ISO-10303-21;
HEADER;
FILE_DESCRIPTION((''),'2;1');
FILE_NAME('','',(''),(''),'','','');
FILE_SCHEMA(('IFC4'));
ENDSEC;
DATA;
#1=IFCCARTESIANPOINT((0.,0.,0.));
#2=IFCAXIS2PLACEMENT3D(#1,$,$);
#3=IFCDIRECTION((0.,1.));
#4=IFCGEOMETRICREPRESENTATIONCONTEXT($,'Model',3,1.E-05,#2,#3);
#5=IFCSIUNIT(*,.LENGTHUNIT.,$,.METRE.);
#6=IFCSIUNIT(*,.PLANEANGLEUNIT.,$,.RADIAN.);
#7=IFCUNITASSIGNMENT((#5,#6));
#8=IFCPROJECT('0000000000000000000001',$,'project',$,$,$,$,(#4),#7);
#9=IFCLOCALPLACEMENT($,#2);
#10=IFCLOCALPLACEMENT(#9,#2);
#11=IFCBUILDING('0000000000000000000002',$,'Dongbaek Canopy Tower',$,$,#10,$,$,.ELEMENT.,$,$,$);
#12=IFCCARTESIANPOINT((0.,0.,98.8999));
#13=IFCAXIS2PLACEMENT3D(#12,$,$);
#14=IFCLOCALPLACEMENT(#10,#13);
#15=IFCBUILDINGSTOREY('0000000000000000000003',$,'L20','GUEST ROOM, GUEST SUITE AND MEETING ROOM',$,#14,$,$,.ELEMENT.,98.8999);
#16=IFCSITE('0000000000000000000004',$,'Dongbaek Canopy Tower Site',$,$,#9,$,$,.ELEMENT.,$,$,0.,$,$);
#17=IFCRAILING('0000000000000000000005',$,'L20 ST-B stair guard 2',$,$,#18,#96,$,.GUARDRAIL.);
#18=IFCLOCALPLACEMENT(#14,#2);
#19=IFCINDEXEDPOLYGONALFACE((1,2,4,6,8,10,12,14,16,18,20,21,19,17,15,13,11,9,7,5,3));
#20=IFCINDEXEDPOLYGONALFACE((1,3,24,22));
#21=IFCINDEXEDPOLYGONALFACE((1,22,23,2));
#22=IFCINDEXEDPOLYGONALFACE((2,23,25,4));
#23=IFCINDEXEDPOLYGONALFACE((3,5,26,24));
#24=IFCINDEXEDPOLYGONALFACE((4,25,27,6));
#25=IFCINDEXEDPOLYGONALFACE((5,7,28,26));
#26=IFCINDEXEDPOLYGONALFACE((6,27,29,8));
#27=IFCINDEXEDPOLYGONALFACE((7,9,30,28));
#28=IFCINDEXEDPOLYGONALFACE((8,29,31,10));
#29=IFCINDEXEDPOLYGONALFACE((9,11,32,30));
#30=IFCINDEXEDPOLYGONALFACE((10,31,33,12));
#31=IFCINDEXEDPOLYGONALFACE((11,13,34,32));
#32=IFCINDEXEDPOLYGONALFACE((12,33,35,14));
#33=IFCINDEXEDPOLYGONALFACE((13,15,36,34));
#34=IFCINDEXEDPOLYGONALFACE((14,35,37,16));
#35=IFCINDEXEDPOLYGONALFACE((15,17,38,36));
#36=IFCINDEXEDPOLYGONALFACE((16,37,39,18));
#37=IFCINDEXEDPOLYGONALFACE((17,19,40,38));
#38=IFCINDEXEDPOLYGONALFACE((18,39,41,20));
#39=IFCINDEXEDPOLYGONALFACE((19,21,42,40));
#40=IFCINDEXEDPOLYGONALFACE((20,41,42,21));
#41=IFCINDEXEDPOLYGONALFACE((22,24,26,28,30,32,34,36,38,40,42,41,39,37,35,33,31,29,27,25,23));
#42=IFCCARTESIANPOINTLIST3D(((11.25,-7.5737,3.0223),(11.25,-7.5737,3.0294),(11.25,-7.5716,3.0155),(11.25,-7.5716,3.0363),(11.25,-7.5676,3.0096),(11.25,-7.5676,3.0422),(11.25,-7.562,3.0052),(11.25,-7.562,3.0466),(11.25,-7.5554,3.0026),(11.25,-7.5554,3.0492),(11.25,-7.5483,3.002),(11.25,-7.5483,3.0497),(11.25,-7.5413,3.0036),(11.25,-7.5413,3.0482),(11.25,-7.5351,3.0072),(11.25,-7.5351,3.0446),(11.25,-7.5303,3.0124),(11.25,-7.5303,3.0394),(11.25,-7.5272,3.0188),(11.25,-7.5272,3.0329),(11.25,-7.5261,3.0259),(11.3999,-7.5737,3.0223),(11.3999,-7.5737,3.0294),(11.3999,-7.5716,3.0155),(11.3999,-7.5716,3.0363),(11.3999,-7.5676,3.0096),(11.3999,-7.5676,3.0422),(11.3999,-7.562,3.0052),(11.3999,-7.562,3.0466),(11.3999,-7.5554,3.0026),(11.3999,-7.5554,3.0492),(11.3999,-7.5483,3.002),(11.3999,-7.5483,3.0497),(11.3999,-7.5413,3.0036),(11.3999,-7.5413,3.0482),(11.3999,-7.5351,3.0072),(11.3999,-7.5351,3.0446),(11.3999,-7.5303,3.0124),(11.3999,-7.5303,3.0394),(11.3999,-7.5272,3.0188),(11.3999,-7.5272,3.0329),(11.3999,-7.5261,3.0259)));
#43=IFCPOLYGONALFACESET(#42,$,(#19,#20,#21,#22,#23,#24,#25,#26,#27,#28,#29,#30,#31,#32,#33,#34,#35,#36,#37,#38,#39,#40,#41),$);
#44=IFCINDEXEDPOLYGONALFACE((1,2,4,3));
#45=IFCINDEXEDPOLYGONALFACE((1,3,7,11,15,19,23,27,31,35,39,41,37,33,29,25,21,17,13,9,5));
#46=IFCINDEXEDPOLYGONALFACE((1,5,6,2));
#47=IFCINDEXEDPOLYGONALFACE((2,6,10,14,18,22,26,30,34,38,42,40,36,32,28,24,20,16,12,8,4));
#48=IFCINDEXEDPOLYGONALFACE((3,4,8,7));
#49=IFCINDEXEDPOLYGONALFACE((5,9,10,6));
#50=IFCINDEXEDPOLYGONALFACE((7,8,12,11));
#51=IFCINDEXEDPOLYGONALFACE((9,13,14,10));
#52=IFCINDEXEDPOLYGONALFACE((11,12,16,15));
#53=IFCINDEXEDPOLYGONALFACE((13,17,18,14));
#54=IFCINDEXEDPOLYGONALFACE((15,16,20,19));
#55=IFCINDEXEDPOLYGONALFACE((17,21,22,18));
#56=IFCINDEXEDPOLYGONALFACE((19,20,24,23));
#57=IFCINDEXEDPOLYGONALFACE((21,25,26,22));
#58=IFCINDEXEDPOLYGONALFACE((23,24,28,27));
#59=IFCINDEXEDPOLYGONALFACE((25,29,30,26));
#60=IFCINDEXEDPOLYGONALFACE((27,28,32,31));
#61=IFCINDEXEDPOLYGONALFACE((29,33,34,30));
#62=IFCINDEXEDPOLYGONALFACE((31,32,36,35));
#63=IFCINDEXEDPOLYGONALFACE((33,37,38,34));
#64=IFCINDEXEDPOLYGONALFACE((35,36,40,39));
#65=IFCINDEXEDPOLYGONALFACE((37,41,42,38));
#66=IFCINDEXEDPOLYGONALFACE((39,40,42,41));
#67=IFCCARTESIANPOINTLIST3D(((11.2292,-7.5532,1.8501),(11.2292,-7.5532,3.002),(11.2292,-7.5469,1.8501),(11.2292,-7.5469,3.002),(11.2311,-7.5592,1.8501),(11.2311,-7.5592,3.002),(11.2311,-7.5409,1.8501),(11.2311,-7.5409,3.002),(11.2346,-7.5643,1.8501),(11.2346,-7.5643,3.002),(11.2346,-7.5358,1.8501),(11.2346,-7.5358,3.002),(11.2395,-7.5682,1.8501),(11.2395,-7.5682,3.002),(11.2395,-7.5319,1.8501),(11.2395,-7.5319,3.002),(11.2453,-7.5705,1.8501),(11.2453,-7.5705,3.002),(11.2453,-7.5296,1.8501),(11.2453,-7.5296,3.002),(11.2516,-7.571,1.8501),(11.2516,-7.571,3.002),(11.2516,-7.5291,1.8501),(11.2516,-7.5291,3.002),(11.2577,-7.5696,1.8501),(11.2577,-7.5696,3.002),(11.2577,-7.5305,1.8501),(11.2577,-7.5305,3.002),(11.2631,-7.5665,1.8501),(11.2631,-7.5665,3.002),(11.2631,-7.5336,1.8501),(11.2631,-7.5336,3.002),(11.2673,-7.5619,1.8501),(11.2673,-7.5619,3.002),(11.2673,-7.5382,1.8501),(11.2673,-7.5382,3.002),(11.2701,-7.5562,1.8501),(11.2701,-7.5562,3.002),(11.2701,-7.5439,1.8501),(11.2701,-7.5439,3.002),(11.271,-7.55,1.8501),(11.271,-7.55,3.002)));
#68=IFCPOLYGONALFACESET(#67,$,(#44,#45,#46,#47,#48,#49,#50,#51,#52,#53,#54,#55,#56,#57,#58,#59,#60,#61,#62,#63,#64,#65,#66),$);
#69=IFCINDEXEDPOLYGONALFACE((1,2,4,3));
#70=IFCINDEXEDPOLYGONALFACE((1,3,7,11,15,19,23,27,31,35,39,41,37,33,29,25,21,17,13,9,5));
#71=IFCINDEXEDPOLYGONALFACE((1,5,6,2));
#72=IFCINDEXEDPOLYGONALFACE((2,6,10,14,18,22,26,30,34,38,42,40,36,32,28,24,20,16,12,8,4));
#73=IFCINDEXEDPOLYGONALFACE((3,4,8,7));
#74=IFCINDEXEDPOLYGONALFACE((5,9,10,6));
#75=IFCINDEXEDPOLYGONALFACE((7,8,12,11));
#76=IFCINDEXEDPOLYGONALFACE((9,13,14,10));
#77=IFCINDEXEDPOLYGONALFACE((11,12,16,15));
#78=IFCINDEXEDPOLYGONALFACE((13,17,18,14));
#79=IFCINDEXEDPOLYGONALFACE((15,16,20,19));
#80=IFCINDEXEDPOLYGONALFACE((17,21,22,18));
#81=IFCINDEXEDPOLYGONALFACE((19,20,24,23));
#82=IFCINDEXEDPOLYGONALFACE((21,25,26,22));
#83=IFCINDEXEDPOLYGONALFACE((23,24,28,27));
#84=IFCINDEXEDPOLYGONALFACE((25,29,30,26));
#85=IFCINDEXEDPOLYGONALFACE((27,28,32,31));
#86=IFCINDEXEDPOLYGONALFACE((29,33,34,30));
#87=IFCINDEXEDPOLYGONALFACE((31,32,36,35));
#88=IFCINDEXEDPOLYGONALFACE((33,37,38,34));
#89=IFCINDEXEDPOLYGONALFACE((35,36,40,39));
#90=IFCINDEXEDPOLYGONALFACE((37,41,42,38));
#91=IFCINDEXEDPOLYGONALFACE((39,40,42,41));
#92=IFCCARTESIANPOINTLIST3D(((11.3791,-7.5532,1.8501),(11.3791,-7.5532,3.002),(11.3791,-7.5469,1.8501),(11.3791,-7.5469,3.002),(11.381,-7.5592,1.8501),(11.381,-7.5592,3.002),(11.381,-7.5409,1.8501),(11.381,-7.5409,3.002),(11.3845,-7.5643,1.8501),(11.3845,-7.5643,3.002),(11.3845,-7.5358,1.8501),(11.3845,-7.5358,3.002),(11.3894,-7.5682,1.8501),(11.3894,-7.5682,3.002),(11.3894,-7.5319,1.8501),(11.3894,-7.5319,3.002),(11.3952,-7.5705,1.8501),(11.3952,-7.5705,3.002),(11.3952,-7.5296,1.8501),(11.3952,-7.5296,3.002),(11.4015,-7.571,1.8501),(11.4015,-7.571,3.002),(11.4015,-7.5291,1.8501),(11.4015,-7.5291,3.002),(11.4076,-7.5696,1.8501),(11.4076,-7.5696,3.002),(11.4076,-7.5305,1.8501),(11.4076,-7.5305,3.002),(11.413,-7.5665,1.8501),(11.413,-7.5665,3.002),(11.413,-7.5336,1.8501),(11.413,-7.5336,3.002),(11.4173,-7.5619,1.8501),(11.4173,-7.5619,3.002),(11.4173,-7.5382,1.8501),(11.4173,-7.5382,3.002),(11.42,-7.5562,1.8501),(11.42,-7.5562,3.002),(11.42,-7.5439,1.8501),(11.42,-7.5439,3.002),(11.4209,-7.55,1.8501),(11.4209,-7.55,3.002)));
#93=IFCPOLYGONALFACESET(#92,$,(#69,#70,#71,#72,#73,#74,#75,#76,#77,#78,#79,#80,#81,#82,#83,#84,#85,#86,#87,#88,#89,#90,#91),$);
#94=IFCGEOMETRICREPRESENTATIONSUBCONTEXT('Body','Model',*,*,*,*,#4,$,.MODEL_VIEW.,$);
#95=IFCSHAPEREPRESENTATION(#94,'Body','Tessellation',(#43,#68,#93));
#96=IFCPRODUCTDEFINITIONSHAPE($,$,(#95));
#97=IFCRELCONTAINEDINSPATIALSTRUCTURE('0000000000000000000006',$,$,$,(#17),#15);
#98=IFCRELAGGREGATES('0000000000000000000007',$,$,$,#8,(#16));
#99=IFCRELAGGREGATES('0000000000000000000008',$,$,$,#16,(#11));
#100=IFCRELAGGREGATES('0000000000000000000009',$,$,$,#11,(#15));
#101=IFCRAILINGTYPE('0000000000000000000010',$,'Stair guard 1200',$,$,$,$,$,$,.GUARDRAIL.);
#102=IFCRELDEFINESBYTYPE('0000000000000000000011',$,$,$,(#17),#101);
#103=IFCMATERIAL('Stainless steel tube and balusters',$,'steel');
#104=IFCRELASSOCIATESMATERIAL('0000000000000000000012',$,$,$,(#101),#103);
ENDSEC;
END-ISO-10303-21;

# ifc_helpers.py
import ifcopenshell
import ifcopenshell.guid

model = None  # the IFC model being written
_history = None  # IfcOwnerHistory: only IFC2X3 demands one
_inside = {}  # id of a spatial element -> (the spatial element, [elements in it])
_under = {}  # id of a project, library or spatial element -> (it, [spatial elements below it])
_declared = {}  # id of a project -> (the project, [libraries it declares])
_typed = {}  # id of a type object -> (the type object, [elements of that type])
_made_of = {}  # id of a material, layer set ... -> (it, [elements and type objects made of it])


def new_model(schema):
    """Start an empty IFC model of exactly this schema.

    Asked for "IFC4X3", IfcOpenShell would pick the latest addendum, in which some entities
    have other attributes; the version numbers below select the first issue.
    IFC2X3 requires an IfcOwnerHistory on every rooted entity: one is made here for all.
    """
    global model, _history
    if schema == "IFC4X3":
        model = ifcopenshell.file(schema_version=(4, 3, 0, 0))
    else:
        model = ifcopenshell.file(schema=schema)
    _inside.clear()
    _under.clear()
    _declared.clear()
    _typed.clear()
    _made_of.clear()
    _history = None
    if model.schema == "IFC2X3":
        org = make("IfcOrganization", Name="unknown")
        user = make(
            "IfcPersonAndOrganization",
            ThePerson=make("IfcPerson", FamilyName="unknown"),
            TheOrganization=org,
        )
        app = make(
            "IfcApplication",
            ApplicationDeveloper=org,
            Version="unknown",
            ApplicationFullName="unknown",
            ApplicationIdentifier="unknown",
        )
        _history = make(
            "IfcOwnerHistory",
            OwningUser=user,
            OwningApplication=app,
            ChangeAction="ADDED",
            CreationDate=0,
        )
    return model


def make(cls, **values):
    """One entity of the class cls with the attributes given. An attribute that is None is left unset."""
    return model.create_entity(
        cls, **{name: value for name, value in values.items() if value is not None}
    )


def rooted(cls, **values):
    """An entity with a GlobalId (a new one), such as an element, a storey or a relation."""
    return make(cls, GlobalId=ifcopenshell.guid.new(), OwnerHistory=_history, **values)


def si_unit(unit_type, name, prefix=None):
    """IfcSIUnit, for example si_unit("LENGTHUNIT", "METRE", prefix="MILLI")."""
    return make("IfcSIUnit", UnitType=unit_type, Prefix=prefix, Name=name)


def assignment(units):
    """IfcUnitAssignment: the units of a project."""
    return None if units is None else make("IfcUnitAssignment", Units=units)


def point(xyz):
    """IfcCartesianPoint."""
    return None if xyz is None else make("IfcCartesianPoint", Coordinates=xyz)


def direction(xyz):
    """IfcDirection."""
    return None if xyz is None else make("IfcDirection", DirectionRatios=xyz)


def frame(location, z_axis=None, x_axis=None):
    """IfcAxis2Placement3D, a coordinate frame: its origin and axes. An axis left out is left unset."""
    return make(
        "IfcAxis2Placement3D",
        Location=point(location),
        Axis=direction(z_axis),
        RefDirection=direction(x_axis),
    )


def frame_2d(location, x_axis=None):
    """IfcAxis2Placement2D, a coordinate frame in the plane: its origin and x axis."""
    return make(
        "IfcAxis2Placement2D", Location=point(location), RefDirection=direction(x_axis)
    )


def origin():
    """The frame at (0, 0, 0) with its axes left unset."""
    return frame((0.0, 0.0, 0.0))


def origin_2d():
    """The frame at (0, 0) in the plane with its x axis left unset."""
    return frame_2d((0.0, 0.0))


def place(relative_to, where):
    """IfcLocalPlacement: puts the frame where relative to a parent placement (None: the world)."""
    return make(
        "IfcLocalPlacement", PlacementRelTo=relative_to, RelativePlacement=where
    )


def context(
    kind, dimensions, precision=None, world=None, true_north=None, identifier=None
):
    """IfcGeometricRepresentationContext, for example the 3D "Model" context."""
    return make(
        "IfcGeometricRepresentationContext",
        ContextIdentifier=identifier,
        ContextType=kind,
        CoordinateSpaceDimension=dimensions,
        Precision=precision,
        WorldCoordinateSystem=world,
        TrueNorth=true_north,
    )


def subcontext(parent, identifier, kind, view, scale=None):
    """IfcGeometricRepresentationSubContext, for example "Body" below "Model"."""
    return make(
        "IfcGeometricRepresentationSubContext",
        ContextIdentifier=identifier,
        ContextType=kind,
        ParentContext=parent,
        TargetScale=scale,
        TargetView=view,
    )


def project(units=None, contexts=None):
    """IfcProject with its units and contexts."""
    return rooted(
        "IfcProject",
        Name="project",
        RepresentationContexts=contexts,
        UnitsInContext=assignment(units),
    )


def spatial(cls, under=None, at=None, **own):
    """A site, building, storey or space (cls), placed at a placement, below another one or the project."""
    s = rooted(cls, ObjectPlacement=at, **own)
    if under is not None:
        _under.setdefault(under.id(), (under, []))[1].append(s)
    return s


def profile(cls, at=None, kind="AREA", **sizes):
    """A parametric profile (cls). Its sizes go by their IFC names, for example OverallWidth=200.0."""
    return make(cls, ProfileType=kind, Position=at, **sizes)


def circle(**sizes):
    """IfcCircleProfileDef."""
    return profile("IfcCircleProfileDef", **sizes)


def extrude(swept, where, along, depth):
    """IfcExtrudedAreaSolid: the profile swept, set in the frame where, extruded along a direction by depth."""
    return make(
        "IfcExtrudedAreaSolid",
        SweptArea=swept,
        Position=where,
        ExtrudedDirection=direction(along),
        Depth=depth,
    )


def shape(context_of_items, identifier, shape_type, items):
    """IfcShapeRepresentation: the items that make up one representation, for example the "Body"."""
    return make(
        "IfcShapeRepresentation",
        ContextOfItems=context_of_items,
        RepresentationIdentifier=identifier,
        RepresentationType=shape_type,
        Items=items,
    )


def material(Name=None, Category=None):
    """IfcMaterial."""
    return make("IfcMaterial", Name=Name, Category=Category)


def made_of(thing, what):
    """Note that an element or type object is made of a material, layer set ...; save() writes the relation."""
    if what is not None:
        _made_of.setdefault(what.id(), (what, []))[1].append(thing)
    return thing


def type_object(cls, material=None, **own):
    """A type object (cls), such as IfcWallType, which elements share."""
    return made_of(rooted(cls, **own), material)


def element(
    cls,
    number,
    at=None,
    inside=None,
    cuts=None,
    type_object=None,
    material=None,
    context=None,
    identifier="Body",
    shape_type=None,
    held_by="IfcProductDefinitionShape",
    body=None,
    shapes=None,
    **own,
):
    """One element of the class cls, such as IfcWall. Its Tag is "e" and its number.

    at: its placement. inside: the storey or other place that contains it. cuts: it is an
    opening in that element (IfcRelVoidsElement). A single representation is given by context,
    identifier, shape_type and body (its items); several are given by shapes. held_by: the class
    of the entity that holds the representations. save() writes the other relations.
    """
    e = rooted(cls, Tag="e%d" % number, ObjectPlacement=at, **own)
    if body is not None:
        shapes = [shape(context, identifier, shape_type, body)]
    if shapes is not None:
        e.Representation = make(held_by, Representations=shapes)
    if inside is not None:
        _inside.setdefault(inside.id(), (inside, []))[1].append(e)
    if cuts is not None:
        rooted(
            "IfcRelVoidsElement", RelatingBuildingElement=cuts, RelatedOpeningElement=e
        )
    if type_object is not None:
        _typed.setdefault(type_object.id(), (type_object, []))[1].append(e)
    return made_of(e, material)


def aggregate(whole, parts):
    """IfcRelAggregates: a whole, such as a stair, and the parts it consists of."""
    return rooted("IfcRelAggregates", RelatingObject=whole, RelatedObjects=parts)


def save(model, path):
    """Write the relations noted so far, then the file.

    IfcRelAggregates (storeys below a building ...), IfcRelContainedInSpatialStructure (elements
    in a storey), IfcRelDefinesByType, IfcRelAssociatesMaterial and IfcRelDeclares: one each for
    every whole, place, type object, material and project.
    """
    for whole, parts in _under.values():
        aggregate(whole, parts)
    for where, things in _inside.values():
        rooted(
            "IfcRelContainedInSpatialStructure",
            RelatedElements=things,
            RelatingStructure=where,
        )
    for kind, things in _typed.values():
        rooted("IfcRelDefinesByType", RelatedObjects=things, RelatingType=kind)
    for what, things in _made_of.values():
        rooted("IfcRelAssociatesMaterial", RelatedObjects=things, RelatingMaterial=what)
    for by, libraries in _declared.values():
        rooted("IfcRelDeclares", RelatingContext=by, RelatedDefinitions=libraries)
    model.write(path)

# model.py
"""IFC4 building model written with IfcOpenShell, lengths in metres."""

from ifc_helpers import new_model, si_unit, direction, frame, origin, origin_2d, place, context, subcontext, project, spatial, circle, extrude, material, type_object, element, save


model = new_model("IFC4")

# Units and contexts
model_context = context("Model", 3, precision=1e-05, world=origin(), true_north=direction((0.0, 1.0)))
body_context = subcontext(model_context, "Body", "Model", "MODEL_VIEW")
ifc_project = project(units=[si_unit("LENGTHUNIT", "METRE"), si_unit("PLANEANGLEUNIT", "RADIAN")], contexts=[model_context])

# Site, building, storey
site_placement = place(None, origin())
site = spatial("IfcSite", under=ifc_project, at=site_placement, Name="Dongbaek Canopy Tower Site", CompositionType="ELEMENT", RefElevation=0.0)
building_placement = place(site_placement, origin())
building = spatial("IfcBuilding", under=site, at=building_placement, Name="Dongbaek Canopy Tower", CompositionType="ELEMENT")
storey_placement = place(building_placement, frame((0.0, 0.0, 98.8999)))
storey = spatial("IfcBuildingStorey", under=building, at=storey_placement, Name="L20", Description="GUEST ROOM, GUEST SUITE AND MEETING ROOM", CompositionType="ELEMENT", Elevation=98.8999)

# Railing
ifc_material_1 = material(Name="Stainless steel tube and balusters", Category="steel")
railing_type_1 = type_object("IfcRailingType", Name="Stair guard 1200", PredefinedType="GUARDRAIL", material=ifc_material_1)
railing_1_placement = place(storey_placement, frame((11.25, -7.55, 1.8501)))
element("IfcRailing", 1, at=railing_1_placement, inside=storey, type_object=railing_type_1, Name="L20 ST-B stair guard 2", PredefinedType="GUARDRAIL", context=body_context, shape_type="SweptSolid", body=[
    extrude(circle(Radius=0.0239, at=origin_2d()), frame((0.0, 0.0, 1.1758), z_axis=(1.0, 0.0, 0.0), x_axis=(0.0, 1.0, 0.0)), (0.0, 0.0, 1.0), 0.1499),
    extrude(circle(Radius=0.021, at=origin_2d()), origin(), (0.0, 0.0, 1.0), 1.1519),
    extrude(circle(Radius=0.021, at=origin_2d()), frame((0.1499, 0.0, 0.0)), (0.0, 0.0, 1.0), 1.1519),
])

save(model, "model.ifc")
